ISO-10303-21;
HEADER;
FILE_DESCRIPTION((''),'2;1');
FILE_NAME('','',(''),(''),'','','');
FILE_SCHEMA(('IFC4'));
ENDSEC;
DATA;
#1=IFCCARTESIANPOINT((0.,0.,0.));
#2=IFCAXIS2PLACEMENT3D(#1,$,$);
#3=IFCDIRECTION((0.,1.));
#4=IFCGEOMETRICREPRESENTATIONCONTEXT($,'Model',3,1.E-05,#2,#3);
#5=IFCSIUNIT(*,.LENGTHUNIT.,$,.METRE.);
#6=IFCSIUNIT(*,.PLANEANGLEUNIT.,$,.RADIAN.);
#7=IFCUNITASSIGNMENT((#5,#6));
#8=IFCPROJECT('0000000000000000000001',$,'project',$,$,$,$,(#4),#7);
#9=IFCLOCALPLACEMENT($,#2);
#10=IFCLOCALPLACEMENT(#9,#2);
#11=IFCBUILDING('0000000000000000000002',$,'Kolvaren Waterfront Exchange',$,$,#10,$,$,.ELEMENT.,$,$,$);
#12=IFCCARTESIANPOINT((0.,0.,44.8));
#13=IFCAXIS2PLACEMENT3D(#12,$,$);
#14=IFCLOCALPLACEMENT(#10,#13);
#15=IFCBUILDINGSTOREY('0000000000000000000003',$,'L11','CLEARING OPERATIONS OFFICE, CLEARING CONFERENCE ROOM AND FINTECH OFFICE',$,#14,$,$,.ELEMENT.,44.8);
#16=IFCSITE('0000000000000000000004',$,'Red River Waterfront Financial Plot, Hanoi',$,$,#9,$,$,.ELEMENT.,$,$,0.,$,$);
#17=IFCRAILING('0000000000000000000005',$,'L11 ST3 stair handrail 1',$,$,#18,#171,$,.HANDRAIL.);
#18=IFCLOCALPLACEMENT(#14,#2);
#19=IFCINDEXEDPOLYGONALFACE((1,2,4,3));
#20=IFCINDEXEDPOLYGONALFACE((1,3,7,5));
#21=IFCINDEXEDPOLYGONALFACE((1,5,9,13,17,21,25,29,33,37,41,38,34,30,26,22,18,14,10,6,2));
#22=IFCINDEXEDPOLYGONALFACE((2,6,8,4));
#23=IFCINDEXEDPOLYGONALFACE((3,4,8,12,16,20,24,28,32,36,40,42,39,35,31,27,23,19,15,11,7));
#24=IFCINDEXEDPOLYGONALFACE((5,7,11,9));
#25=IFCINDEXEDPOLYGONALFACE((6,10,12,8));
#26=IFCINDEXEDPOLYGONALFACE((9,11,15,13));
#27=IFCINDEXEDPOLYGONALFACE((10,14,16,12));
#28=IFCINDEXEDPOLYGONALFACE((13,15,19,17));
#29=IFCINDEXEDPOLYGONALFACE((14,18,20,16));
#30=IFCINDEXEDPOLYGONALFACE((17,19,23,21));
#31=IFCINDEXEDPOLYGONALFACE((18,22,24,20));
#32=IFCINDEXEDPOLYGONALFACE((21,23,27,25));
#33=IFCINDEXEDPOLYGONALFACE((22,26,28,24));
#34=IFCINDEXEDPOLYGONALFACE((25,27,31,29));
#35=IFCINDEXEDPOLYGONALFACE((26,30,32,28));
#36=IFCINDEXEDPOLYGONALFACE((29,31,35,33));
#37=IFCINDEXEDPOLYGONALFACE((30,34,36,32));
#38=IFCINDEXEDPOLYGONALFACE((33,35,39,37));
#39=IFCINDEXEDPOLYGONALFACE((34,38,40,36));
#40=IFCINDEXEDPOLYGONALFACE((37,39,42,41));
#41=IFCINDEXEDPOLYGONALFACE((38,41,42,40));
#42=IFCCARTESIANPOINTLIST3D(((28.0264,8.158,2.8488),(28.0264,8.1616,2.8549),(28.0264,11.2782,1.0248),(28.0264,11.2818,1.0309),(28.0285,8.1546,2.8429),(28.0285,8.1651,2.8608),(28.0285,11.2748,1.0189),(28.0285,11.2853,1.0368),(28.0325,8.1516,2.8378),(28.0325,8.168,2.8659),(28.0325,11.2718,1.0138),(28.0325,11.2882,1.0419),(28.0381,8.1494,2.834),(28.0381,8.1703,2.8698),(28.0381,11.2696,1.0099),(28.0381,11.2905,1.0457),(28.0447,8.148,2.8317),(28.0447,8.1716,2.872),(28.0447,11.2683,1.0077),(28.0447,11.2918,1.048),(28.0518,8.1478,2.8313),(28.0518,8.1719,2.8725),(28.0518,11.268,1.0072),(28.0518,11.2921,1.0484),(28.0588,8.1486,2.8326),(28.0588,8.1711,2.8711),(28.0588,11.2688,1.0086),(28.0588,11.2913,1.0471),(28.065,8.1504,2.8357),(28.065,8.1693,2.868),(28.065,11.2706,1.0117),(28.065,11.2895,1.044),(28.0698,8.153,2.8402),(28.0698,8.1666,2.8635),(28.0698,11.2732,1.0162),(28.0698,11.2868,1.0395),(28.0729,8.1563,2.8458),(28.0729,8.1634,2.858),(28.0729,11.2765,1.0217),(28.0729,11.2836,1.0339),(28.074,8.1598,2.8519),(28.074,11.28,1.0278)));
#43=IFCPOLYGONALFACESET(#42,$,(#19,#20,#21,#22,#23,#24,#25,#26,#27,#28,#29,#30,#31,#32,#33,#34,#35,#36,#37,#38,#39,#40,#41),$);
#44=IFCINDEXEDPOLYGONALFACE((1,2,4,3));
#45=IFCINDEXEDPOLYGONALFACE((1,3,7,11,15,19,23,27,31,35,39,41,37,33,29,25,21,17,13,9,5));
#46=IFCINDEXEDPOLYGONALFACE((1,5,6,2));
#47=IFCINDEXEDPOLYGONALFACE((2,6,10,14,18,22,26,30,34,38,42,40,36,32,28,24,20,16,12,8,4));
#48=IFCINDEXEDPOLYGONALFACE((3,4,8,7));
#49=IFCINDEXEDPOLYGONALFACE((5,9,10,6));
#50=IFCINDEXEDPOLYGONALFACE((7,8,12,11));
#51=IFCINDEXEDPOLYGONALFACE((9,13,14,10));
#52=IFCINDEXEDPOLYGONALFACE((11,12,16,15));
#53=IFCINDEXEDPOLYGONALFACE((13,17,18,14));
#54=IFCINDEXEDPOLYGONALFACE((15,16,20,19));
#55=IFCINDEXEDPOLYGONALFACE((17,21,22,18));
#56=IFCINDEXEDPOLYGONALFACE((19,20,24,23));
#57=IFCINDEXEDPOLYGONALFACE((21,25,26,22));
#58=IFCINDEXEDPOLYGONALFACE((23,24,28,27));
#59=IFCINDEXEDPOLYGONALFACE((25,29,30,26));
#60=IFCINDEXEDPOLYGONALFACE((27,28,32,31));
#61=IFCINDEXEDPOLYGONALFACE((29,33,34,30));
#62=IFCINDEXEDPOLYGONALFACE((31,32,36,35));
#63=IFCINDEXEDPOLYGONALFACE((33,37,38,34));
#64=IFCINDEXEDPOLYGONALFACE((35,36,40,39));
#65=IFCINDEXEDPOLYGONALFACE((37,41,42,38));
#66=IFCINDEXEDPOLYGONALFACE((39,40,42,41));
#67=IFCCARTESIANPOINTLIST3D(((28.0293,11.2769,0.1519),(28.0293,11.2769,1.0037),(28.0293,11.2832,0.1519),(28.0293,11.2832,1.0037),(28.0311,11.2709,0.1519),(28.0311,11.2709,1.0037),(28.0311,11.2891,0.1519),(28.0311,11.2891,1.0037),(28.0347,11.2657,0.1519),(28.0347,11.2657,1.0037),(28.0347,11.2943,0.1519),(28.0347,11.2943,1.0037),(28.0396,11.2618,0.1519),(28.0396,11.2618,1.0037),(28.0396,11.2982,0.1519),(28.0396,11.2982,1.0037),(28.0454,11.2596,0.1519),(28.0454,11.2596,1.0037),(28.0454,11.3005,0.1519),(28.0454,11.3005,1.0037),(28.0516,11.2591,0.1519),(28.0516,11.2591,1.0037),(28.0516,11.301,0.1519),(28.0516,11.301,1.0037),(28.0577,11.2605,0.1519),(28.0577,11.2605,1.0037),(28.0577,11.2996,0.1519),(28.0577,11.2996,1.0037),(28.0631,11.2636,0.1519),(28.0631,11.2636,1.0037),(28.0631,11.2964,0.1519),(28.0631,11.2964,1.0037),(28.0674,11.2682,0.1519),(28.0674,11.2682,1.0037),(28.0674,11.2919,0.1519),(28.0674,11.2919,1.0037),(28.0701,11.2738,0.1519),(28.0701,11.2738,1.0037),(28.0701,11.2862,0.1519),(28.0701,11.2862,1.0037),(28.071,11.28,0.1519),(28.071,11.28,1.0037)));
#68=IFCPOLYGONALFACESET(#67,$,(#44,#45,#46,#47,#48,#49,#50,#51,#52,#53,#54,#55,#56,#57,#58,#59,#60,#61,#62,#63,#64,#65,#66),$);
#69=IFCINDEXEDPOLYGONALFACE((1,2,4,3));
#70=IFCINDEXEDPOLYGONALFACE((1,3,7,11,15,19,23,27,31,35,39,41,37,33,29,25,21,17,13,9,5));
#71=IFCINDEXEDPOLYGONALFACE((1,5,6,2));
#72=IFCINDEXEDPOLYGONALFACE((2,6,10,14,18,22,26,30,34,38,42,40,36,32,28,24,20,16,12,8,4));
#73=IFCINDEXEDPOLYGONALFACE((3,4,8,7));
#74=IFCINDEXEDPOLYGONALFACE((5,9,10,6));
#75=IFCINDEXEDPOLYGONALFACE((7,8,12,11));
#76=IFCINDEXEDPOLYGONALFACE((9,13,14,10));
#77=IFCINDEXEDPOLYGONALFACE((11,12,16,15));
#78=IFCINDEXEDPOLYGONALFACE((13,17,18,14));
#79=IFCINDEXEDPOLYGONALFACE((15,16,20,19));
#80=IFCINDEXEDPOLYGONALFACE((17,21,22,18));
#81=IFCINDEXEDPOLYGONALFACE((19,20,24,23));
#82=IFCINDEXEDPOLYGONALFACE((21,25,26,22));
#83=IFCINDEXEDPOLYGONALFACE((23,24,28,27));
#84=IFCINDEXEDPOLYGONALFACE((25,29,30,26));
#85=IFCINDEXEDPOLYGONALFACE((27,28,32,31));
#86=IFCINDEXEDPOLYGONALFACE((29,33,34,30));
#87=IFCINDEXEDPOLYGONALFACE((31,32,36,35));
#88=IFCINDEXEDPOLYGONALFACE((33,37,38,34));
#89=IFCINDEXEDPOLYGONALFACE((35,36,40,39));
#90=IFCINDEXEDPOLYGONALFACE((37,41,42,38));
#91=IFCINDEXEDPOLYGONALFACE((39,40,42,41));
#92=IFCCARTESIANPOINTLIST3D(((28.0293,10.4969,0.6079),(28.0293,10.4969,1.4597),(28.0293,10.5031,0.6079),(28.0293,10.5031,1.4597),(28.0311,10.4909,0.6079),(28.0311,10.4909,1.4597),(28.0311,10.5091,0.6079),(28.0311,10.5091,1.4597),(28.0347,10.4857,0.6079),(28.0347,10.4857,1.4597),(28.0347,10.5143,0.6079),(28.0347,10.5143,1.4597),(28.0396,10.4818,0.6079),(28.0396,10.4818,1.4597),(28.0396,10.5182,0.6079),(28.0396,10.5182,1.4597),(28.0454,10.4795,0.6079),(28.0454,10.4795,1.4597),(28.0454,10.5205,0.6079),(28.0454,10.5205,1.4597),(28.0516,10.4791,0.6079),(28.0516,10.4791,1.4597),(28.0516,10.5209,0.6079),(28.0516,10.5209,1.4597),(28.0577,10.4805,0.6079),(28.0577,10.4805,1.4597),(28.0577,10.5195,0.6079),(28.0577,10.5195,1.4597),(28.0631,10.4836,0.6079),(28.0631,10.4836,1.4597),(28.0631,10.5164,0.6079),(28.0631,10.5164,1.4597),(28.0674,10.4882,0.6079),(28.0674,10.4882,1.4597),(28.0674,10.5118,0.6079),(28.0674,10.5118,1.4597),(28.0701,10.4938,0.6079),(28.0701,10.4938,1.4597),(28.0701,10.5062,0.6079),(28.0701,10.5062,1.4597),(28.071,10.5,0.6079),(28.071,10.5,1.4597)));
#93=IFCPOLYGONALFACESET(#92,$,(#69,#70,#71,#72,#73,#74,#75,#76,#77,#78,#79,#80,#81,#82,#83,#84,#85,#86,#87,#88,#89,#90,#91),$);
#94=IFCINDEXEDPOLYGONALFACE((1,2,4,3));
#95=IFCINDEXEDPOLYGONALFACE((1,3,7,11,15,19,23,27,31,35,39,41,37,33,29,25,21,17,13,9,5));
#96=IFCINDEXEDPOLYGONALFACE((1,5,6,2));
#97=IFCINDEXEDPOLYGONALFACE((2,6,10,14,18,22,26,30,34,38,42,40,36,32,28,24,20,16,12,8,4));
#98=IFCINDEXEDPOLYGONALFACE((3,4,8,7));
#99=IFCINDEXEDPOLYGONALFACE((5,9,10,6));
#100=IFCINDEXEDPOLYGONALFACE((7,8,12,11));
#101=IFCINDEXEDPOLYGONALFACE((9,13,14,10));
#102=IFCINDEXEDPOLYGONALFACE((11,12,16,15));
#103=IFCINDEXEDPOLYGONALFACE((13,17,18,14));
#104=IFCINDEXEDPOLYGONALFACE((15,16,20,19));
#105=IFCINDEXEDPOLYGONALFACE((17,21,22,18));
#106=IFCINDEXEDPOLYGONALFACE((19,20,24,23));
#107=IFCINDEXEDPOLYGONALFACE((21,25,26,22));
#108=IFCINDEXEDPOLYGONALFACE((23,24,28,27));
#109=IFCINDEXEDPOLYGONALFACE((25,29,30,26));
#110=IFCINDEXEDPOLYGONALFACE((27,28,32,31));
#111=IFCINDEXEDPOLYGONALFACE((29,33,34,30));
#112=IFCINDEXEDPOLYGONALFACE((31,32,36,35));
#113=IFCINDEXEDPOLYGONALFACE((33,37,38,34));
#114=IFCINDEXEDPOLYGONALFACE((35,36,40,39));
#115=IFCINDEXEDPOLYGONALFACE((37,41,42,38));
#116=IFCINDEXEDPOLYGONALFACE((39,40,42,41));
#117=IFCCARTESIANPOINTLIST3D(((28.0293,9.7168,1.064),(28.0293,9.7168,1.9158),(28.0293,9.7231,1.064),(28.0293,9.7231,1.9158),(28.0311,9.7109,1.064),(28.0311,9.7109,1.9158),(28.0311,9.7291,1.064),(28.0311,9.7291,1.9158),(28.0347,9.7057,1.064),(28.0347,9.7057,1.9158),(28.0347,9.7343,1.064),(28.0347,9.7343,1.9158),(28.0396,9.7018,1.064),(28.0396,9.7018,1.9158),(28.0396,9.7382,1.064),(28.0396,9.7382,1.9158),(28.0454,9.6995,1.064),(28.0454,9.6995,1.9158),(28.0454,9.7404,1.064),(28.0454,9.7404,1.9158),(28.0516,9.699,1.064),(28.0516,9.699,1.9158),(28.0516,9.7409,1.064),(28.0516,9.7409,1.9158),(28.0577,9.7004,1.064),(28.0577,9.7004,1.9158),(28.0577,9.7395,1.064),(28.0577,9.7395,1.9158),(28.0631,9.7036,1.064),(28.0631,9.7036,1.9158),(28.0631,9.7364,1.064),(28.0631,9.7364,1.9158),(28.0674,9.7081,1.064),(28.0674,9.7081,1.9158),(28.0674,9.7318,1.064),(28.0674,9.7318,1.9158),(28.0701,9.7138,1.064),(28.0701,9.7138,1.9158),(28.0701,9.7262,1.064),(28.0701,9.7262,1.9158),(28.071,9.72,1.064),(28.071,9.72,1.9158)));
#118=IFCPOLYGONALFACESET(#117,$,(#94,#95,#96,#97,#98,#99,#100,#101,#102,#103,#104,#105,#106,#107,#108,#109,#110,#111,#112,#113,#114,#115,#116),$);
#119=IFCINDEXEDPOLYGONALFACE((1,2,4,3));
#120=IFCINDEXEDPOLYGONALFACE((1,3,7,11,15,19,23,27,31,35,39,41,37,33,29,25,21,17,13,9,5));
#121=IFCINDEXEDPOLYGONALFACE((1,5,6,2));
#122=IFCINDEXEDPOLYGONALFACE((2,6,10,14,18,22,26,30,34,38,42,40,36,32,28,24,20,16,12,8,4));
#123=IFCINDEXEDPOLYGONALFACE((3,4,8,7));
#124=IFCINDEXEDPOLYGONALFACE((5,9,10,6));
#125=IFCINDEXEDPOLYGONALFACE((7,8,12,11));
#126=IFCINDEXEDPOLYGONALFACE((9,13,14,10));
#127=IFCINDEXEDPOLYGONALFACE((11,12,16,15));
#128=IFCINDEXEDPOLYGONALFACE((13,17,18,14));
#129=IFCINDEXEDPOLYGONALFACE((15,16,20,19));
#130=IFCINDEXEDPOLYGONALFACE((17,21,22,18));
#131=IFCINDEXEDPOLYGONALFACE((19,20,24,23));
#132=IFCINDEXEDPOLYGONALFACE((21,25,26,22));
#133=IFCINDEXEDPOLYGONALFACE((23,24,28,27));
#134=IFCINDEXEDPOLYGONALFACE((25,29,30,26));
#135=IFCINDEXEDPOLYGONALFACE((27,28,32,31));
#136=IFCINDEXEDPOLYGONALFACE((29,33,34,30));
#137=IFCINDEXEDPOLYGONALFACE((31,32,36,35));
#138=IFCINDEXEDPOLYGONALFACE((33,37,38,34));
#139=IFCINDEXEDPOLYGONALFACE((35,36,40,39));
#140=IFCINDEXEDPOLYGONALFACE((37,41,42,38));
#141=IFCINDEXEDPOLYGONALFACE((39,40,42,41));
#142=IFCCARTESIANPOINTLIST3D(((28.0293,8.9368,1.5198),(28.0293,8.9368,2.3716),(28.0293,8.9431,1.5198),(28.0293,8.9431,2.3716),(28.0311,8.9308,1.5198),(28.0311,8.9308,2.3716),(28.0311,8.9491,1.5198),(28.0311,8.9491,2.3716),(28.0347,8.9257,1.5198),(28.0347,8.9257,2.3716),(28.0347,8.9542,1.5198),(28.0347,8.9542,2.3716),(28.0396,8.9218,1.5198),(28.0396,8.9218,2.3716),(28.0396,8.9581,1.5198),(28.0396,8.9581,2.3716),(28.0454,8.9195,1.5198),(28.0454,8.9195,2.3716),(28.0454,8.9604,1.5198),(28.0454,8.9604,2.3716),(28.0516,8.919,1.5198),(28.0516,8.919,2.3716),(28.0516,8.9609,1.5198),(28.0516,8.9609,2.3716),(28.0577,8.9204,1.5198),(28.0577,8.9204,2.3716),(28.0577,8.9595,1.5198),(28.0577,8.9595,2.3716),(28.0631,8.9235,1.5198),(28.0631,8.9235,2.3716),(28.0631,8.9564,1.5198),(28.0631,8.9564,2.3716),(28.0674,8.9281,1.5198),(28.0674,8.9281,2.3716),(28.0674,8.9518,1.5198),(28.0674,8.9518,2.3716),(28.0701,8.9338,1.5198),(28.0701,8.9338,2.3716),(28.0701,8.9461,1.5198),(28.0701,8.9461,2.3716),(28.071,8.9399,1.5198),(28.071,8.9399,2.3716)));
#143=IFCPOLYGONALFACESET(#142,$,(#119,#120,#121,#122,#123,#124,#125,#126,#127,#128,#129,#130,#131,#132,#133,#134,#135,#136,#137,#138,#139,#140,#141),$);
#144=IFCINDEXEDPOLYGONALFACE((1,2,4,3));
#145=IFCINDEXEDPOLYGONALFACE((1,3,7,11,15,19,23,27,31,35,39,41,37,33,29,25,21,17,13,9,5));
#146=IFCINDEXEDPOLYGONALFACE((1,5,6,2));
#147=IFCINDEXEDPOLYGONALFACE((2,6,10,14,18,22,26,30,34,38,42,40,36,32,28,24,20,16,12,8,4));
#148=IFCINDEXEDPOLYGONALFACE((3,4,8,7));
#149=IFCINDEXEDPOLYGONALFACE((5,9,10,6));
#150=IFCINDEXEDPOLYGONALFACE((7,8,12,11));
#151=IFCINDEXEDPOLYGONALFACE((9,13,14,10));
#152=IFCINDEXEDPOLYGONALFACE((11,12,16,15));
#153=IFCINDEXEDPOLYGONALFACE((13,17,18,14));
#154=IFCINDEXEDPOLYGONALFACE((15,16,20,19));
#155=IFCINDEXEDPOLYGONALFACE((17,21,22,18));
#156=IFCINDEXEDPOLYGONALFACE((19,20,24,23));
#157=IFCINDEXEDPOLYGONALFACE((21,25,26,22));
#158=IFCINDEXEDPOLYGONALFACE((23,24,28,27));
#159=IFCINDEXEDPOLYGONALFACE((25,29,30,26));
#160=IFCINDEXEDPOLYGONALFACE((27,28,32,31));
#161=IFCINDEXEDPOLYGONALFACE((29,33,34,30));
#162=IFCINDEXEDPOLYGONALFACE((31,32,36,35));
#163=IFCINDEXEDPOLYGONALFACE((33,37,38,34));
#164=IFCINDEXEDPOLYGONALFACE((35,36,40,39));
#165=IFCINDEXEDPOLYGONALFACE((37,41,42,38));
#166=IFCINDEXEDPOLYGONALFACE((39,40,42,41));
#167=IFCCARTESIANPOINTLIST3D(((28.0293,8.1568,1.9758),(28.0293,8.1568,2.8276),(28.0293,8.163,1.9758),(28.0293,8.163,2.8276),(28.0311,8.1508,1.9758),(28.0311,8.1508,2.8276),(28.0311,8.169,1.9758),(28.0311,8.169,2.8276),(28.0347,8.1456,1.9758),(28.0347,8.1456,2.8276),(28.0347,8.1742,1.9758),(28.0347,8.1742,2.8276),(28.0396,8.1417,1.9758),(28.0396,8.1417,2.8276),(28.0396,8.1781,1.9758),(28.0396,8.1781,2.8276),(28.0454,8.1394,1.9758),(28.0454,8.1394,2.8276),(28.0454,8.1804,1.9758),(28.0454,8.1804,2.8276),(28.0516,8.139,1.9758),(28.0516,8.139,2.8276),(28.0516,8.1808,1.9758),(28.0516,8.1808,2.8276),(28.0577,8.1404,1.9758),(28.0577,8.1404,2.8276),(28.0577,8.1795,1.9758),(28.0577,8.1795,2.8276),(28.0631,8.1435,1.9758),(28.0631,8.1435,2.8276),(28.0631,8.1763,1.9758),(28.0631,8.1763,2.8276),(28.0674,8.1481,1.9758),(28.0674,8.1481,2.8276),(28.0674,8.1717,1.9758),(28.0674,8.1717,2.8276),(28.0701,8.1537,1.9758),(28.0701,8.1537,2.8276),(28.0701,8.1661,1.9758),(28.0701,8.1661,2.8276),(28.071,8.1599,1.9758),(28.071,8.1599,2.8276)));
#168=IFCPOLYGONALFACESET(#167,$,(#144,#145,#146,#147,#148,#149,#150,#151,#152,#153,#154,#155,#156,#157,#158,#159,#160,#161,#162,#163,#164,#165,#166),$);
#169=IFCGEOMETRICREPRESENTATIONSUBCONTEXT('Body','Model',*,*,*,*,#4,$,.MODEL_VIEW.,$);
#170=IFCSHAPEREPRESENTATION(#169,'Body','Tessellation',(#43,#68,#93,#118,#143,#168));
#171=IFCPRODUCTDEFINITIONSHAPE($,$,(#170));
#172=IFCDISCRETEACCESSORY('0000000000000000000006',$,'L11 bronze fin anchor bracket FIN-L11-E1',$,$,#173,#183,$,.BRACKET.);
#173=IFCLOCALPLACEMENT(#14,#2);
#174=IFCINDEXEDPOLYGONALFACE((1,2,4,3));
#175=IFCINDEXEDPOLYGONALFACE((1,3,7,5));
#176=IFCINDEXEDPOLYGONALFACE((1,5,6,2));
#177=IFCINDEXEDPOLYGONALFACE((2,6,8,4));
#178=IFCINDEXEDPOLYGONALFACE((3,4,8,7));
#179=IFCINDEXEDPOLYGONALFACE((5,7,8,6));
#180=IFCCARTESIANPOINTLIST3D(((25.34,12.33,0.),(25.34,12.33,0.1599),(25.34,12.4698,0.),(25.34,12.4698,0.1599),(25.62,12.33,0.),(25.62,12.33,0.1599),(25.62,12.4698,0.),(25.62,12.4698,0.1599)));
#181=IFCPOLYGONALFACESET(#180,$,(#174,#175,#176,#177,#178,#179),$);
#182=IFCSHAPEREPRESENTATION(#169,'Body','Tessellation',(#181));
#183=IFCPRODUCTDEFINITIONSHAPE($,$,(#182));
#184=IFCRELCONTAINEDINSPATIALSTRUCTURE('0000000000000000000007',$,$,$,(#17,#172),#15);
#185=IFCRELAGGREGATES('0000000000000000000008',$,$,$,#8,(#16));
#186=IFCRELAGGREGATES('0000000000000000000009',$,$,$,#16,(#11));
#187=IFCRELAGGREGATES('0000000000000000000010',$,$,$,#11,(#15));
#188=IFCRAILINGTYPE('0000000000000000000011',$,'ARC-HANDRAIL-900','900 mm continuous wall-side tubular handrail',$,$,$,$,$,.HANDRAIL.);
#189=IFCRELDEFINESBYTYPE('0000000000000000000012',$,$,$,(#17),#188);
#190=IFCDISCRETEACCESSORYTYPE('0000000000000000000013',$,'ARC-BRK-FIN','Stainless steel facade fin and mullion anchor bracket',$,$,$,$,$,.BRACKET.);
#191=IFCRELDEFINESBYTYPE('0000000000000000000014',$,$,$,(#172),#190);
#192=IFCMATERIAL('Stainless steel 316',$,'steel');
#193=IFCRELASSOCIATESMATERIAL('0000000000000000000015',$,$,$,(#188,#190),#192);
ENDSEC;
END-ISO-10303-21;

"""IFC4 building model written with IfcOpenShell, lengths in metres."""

from ifc_helpers import new_model, si_unit, direction, frame, origin, origin_with_axes, origin_2d, place, context, subcontext, project, spatial, rectangle, circle, extrude, source, transform, mapped, material, type_object, element, save


model = new_model("IFC4")

# Units and contexts
model_context = context("Model", 3, precision=1e-05, world=origin(), true_north=direction((0.0, 1.0)))
body_context = subcontext(model_context, "Body", "Model", "MODEL_VIEW")
ifc_project = project(units=[si_unit("LENGTHUNIT", "METRE"), si_unit("PLANEANGLEUNIT", "RADIAN")], contexts=[model_context])

# Site, building, storey
site_placement = place(None, origin())
site = spatial("IfcSite", under=ifc_project, at=site_placement, Name="Red River Waterfront Financial Plot, Hanoi", CompositionType="ELEMENT", RefElevation=0.0)
building_placement = place(site_placement, origin())
building = spatial("IfcBuilding", under=site, at=building_placement, Name="Kolvaren Waterfront Exchange", CompositionType="ELEMENT")
storey_placement = place(building_placement, frame((0.0, 0.0, 44.8)))
storey = spatial("IfcBuildingStorey", under=building, at=storey_placement, Name="L11", Description="CLEARING OPERATIONS OFFICE, CLEARING CONFERENCE ROOM AND FINTECH OFFICE", CompositionType="ELEMENT", Elevation=44.8)

# Railing
ifc_material_1 = material(Name="Stainless steel 316", Category="steel")
railing_type_1 = type_object("IfcRailingType", Name="ARC-HANDRAIL-900", Description="900 mm continuous wall-side tubular handrail", PredefinedType="HANDRAIL", material=ifc_material_1)
railing_1_placement = place(storey_placement, frame((28.05, 11.28, 0.1519)))
element("IfcRailing", 1, at=railing_1_placement, inside=storey, type_object=railing_type_1, Name="L11 ST3 stair handrail 1", PredefinedType="HANDRAIL", context=body_context, shape_type="SweptSolid", body=[
    extrude(circle(Radius=0.0239, at=origin_2d()), frame((0.0, 0.0, 0.876), z_axis=(0.0, -0.863308, 0.504677), x_axis=(1.0, 0.0, 0.0)), (0.0, 0.0, 1.0), 3.6143),
    extrude(circle(Radius=0.021, at=origin_2d()), origin(), (0.0, 0.0, 1.0), 0.8518),
    extrude(circle(Radius=0.021, at=origin_2d()), frame((0.0, -0.78, 0.4561)), (0.0, 0.0, 1.0), 0.8518),
    extrude(circle(Radius=0.021, at=origin_2d()), frame((0.0, -1.5601, 0.9121)), (0.0, 0.0, 1.0), 0.8518),
    extrude(circle(Radius=0.021, at=origin_2d()), frame((0.0, -2.3401, 1.3679)), (0.0, 0.0, 1.0), 0.8518),
    extrude(circle(Radius=0.021, at=origin_2d()), frame((0.0, -3.1201, 1.824)), (0.0, 0.0, 1.0), 0.8518),
])

# Discrete accessory
discrete_accessory_type = type_object("IfcDiscreteAccessoryType", Name="ARC-BRK-FIN", Description="Stainless steel facade fin and mullion anchor bracket", PredefinedType="BRACKET", material=ifc_material_1)
shared_shape_1 = source(origin_with_axes(), body_context, "Body", "SweptSolid", [
    extrude(rectangle(XDim=0.28, YDim=0.1399, at=origin_2d()), origin(), (0.0, 0.0, 1.0), 0.1599),
])
discrete_accessory_placement = place(storey_placement, frame((25.48, 12.3999, 0.0), z_axis=(0.0, 0.0, 1.0), x_axis=(1.0, 0.0, 0.0)))
element("IfcDiscreteAccessory", 2, at=discrete_accessory_placement, inside=storey, type_object=discrete_accessory_type, Name="L11 bronze fin anchor bracket FIN-L11-E1", PredefinedType="BRACKET", context=body_context, shape_type="MappedRepresentation", body=[
    mapped(shared_shape_1, transform((0.0, 0.0, 0.0), x_axis=(1.0, 0.0, 0.0), y_axis=(0.0, 1.0, 0.0), z_axis=(0.0, 0.0, 1.0), scale=1.0)),
])

save(model, "model.ifc")
